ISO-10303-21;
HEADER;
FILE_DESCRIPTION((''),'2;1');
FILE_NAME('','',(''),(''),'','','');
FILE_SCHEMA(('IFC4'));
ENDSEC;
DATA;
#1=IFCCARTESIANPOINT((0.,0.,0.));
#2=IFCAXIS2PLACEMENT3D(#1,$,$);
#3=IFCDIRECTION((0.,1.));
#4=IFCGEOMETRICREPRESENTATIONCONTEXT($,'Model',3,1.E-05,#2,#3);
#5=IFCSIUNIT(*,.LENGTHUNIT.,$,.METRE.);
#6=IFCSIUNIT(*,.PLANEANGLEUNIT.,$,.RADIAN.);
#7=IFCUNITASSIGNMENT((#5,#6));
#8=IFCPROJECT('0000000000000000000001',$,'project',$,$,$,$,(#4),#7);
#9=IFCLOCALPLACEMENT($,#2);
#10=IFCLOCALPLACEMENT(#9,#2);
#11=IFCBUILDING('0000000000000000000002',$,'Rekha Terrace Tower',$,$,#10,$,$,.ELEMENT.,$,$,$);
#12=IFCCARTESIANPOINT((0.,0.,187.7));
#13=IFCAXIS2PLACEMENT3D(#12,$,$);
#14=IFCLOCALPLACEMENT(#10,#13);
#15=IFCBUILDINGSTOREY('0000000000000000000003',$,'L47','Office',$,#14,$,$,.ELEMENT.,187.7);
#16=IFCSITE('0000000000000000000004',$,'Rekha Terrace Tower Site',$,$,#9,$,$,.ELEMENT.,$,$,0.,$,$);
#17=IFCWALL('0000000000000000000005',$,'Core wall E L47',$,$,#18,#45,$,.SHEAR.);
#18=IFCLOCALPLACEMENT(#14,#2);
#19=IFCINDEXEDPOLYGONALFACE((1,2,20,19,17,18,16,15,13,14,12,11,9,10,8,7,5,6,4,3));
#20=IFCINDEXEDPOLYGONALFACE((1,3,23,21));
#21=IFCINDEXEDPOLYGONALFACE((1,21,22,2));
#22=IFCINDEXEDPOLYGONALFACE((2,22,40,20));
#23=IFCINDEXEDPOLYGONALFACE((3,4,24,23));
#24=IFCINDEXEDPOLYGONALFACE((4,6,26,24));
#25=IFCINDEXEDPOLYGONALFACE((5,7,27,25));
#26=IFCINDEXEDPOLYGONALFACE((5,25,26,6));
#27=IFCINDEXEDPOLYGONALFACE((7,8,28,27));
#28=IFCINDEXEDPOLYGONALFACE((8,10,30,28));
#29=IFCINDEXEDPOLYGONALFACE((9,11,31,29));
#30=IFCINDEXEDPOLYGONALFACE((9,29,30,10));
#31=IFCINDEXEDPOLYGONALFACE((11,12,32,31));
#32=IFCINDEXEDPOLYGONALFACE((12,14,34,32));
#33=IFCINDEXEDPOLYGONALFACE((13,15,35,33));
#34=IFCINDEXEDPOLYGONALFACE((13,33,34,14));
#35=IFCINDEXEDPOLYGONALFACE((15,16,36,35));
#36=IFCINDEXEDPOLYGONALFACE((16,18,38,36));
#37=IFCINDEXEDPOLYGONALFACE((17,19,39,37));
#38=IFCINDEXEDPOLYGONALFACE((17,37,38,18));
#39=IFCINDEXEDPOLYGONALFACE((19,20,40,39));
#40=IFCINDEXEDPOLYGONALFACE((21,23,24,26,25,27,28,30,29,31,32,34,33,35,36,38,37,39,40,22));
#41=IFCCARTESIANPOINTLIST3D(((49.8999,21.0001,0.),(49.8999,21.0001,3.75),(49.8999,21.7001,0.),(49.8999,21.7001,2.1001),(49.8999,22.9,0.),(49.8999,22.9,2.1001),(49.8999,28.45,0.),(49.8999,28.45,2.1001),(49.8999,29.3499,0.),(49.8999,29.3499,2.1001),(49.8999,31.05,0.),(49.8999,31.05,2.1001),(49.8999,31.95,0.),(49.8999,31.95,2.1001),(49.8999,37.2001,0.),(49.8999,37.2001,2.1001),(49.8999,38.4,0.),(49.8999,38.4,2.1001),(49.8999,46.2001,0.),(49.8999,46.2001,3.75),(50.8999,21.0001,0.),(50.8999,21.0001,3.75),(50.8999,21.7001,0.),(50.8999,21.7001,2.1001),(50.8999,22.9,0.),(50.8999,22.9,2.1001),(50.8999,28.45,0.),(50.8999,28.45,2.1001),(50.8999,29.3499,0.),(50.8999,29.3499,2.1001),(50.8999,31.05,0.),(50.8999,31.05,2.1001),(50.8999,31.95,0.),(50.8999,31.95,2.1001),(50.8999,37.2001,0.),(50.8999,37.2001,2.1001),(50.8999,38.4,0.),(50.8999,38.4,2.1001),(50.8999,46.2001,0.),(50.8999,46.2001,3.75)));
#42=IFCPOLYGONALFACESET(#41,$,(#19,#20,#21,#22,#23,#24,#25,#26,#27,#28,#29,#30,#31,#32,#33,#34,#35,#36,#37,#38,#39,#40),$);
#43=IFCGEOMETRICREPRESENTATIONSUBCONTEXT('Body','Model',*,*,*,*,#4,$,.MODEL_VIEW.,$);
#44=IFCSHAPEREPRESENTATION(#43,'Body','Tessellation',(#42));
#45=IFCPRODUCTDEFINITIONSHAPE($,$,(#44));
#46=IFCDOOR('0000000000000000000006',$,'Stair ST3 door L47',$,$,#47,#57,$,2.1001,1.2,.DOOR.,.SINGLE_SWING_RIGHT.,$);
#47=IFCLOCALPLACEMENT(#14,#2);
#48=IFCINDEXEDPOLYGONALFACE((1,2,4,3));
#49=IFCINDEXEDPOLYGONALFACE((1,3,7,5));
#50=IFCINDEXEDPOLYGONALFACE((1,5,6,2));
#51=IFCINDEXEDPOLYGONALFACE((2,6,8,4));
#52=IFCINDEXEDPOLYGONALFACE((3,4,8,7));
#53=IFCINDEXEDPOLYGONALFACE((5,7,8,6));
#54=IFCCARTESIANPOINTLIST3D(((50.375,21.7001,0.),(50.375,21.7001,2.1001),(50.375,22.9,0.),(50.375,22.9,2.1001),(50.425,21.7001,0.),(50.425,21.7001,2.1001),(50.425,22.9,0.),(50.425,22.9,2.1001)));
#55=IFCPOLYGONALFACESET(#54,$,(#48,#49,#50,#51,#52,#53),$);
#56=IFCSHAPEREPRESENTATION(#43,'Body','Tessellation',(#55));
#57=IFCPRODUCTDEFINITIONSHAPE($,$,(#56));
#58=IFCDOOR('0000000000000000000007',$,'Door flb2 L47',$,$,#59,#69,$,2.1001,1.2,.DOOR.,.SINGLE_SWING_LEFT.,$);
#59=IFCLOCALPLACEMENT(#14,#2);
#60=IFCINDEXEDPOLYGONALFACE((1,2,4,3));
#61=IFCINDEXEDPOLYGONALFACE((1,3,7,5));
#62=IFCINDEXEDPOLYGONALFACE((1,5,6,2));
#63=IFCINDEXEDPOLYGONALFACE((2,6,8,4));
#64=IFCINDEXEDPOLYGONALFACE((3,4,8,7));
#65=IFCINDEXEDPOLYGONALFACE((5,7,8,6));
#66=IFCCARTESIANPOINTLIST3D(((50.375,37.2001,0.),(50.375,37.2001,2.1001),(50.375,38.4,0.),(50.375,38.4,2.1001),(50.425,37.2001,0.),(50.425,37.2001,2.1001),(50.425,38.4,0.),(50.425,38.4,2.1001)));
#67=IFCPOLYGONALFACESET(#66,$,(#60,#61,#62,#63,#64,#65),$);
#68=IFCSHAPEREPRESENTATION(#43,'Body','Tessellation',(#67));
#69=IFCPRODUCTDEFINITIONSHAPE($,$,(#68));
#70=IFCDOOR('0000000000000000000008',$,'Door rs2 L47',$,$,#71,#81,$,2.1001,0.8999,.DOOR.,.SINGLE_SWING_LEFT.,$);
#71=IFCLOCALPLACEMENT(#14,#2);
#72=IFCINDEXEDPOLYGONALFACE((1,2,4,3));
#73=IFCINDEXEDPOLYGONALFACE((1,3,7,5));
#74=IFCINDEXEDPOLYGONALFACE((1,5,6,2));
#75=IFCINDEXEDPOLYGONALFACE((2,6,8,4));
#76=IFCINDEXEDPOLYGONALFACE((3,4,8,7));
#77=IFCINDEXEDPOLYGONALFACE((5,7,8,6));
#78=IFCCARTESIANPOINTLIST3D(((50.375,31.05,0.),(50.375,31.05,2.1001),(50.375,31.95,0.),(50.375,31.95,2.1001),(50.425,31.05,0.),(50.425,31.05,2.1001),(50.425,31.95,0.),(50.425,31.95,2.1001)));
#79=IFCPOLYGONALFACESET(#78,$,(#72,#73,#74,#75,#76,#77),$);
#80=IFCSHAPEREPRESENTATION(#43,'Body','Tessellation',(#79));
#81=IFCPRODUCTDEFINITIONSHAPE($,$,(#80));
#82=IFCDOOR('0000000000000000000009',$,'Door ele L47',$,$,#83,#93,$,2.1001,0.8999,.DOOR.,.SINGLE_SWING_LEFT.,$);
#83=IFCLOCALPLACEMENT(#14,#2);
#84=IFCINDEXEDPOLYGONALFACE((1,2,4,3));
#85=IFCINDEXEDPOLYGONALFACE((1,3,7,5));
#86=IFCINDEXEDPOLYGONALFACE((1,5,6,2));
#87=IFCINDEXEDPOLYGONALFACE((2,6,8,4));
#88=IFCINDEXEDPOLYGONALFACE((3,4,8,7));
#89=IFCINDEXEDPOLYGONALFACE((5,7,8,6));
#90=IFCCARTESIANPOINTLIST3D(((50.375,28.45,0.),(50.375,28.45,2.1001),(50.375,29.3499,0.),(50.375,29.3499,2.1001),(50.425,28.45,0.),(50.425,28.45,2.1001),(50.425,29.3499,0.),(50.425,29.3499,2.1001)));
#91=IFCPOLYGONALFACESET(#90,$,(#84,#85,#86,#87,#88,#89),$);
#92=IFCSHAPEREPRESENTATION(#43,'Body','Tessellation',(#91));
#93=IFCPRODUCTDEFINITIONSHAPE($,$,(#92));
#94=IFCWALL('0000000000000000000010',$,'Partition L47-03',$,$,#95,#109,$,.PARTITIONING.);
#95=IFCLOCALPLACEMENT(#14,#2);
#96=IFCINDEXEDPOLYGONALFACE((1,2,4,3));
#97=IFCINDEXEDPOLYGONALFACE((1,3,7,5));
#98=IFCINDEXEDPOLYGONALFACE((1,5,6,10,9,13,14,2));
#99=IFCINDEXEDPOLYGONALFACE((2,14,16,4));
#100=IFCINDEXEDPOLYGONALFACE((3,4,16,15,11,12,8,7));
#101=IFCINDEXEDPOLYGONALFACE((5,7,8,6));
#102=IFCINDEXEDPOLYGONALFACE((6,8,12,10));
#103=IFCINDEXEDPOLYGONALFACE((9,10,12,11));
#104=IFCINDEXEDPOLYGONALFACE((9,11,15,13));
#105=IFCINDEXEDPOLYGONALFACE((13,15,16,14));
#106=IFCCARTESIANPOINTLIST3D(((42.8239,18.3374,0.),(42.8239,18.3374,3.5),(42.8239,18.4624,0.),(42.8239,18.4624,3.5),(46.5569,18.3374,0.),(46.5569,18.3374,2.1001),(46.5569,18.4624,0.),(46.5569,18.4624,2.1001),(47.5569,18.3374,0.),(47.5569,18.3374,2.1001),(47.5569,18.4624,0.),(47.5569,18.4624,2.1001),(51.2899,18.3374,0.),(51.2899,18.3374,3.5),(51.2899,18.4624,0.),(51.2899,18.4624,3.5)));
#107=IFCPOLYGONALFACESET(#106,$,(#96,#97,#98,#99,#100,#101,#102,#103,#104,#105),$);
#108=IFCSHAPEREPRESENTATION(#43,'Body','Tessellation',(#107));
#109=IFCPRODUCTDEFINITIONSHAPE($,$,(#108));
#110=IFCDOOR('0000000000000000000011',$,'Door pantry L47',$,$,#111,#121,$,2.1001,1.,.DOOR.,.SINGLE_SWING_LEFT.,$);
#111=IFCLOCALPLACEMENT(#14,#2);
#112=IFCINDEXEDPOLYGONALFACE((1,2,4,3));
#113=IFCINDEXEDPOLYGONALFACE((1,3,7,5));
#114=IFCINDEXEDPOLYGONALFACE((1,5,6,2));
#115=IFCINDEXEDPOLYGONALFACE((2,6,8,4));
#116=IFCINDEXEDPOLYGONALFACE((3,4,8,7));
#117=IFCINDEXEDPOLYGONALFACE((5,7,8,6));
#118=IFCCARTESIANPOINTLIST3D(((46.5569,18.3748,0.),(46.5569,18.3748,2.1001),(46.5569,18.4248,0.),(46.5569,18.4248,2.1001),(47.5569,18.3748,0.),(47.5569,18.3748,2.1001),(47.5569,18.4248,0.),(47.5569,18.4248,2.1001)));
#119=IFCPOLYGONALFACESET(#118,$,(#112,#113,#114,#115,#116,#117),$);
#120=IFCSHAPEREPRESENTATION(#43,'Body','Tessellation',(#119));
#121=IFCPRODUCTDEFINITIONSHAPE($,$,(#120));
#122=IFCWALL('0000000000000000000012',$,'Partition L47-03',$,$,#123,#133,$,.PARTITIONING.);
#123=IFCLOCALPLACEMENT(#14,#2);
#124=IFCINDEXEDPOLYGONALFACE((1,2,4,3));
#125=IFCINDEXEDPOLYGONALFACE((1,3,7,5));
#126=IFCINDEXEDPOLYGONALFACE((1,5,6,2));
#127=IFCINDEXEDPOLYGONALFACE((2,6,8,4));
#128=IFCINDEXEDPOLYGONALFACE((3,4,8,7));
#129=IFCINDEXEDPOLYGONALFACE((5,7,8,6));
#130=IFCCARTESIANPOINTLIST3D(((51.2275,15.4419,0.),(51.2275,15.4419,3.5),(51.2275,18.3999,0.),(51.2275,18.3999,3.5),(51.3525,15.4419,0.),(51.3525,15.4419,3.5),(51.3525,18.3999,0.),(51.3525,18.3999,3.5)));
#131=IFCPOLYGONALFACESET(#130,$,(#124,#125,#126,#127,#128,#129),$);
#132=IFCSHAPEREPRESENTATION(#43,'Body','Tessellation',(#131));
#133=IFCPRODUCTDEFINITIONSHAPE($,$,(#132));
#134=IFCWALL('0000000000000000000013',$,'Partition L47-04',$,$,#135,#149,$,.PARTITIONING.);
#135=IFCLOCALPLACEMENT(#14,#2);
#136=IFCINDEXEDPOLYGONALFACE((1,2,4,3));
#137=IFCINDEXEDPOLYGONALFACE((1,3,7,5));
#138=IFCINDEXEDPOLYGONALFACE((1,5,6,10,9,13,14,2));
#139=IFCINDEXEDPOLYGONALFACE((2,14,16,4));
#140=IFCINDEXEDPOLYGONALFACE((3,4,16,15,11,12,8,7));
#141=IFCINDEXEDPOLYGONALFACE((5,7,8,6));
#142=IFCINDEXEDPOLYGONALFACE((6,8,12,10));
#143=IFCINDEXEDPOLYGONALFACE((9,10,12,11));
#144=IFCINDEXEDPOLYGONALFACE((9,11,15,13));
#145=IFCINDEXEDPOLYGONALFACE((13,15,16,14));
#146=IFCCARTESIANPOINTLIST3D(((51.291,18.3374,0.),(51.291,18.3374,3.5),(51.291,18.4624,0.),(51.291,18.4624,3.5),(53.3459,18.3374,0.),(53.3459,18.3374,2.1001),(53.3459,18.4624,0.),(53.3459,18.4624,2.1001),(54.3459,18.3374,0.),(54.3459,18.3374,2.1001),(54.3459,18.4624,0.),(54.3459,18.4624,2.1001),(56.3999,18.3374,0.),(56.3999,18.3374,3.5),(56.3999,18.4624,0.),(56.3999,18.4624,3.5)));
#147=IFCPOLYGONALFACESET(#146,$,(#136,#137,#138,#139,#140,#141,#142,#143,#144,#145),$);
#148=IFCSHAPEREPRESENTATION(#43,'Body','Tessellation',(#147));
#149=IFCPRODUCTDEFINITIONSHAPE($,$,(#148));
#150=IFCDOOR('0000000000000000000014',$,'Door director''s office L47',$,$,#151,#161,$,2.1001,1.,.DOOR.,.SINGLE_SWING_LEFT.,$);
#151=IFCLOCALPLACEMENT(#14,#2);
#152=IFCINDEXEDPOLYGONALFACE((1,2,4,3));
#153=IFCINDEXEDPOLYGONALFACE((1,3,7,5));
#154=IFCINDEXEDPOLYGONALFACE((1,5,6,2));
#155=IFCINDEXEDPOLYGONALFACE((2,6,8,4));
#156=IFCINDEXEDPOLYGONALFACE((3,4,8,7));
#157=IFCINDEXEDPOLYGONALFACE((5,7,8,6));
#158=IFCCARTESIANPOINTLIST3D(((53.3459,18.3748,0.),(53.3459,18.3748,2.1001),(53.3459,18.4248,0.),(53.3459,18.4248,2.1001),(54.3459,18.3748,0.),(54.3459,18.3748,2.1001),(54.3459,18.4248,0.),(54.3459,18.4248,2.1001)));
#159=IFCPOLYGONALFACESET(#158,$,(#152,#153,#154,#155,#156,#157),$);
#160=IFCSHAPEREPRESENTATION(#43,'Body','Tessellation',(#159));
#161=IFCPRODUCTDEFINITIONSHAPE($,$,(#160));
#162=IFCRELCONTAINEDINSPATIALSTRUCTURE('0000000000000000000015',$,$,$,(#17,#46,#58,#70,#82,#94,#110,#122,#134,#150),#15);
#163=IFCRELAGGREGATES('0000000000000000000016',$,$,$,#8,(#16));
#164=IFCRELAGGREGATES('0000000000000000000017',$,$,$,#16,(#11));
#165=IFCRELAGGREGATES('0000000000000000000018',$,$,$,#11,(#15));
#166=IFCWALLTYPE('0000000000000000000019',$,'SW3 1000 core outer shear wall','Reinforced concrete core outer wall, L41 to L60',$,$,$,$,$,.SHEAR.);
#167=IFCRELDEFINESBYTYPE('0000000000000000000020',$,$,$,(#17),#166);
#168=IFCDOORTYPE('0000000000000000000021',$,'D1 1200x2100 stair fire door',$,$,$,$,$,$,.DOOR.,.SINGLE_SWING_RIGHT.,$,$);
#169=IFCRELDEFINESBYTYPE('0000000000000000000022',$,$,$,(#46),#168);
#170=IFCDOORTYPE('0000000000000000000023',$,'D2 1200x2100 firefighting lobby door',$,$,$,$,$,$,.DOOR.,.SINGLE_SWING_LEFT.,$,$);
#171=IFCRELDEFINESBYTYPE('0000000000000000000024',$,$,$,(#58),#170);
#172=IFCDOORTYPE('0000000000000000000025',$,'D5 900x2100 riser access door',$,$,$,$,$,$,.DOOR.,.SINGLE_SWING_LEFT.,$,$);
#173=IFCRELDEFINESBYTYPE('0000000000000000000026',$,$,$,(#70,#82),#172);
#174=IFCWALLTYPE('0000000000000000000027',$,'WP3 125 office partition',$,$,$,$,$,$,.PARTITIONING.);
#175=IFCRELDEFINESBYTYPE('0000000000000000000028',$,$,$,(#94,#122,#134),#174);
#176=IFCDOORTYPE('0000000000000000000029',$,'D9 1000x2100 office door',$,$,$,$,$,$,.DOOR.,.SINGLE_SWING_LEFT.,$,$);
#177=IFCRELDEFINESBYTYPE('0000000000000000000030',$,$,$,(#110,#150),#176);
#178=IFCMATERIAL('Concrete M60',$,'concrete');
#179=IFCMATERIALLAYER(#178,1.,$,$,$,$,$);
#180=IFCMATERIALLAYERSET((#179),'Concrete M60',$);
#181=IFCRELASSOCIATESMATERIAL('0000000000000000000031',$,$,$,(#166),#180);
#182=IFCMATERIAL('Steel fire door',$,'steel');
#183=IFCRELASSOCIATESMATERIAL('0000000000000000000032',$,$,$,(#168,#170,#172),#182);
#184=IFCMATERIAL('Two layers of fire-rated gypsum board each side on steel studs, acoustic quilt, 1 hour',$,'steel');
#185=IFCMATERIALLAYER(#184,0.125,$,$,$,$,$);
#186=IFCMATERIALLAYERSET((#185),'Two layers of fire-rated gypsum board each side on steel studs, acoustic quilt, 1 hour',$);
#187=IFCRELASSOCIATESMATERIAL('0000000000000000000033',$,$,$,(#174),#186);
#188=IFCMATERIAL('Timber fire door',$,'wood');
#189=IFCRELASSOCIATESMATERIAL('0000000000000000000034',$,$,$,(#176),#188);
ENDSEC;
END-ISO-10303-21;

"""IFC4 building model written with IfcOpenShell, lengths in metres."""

from ifc_helpers import new_model, si_unit, direction, frame, frame_2d, origin, place, context, subcontext, project, spatial, rectangle, extrude, material, layer, layer_set, type_object, element, fill, save


model = new_model("IFC4")

# Units and contexts
model_context = context("Model", 3, precision=1e-05, world=origin(), true_north=direction((0.0, 1.0)))
body_context = subcontext(model_context, "Body", "Model", "MODEL_VIEW")
ifc_project = project(units=[si_unit("LENGTHUNIT", "METRE"), si_unit("PLANEANGLEUNIT", "RADIAN")], contexts=[model_context])

# Site, building, storey
site_placement = place(None, origin())
site = spatial("IfcSite", under=ifc_project, at=site_placement, Name="Rekha Terrace Tower Site", CompositionType="ELEMENT", RefElevation=0.0)
building_placement = place(site_placement, origin())
building = spatial("IfcBuilding", under=site, at=building_placement, Name="Rekha Terrace Tower", CompositionType="ELEMENT")
storey_placement = place(building_placement, frame((0.0, 0.0, 187.7)))
storey = spatial("IfcBuildingStorey", under=building, at=storey_placement, Name="L47", Description="Office", CompositionType="ELEMENT", Elevation=187.7)

# Shared definitions
ifc_material_1 = material(Name="Concrete M60", Category="concrete")

# Wall, openings, doors
ifc_layer_1 = layer(ifc_material_1, 1.0)
ifc_layer_set_1 = layer_set([ifc_layer_1], Name="Concrete M60")
wall_type_1 = type_object("IfcWallType", Name="SW3 1000 core outer shear wall", Description="Reinforced concrete core outer wall, L41 to L60", PredefinedType="SHEAR", material=ifc_layer_set_1)
wall_1_placement = place(storey_placement, frame((50.3999, 21.0, 0.0), z_axis=(0.0, 0.0, 1.0), x_axis=(0.0, 1.0, 0.0)))
wall_1 = element("IfcWall", 1, at=wall_1_placement, inside=storey, type_object=wall_type_1, Name="Core wall E L47", PredefinedType="SHEAR", context=body_context, shape_type="SweptSolid", body=[
    extrude(rectangle(XDim=25.2, YDim=1.0, at=frame_2d((12.6001, 0.0))), origin(), (0.0, 0.0, 1.0), 3.75),
])
opening_1_placement = place(wall_1_placement, frame((16.2, 0.0, 0.0)))
opening_1 = element("IfcOpeningElement", 2, at=opening_1_placement, cuts=wall_1, PredefinedType="OPENING", context=body_context, shape_type="SweptSolid", body=[
    extrude(rectangle(XDim=1.2, YDim=2.1001, at=frame_2d((0.6001, 1.05))), frame((0.0, 0.51, 0.0), z_axis=(0.0, -1.0, 0.0), x_axis=(1.0, 0.0, 0.0)), (0.0, 0.0, 1.0), 1.02),
])
opening_2_placement = place(wall_1_placement, frame((10.05, 0.0, 0.0)))
opening_2 = element("IfcOpeningElement", 3, at=opening_2_placement, cuts=wall_1, PredefinedType="OPENING", context=body_context, shape_type="SweptSolid", body=[
    extrude(rectangle(XDim=0.8999, YDim=2.1001, at=frame_2d((0.45, 1.05))), frame((0.0, 0.51, 0.0), z_axis=(0.0, -1.0, 0.0), x_axis=(1.0, 0.0, 0.0)), (0.0, 0.0, 1.0), 1.02),
])
opening_3_placement = place(wall_1_placement, frame((7.45, 0.0, 0.0)))
opening_3 = element("IfcOpeningElement", 4, at=opening_3_placement, cuts=wall_1, PredefinedType="OPENING", context=body_context, shape_type="SweptSolid", body=[
    extrude(rectangle(XDim=0.8999, YDim=2.1001, at=frame_2d((0.45, 1.05))), frame((0.0, 0.51, 0.0), z_axis=(0.0, -1.0, 0.0), x_axis=(1.0, 0.0, 0.0)), (0.0, 0.0, 1.0), 1.02),
])
opening_4_placement = place(wall_1_placement, frame((0.7, 0.0, 0.0)))
opening_4 = element("IfcOpeningElement", 5, at=opening_4_placement, cuts=wall_1, PredefinedType="OPENING", context=body_context, shape_type="SweptSolid", body=[
    extrude(rectangle(XDim=1.2, YDim=2.1001, at=frame_2d((0.6001, 1.05))), frame((0.0, 0.51, 0.0), z_axis=(0.0, -1.0, 0.0), x_axis=(1.0, 0.0, 0.0)), (0.0, 0.0, 1.0), 1.02),
])
ifc_material_2 = material(Name="Steel fire door", Category="steel")
door_type_1 = type_object("IfcDoorType", Name="D1 1200x2100 stair fire door", OperationType="SINGLE_SWING_RIGHT", PredefinedType="DOOR", material=ifc_material_2)
door_1_placement = place(opening_4_placement, origin())
door_1 = element("IfcDoor", 6, at=door_1_placement, inside=storey, type_object=door_type_1, Name="Stair ST3 door L47", OperationType="SINGLE_SWING_RIGHT", OverallHeight=2.1001, OverallWidth=1.2, PredefinedType="DOOR", context=body_context, shape_type="SweptSolid", body=[
    extrude(rectangle(XDim=1.2, YDim=2.1001, at=frame_2d((0.6001, 1.05))), frame((0.0, 0.0249, 0.0), z_axis=(0.0, -1.0, 0.0), x_axis=(1.0, 0.0, 0.0)), (0.0, 0.0, 1.0), 0.05),
])
fill(opening_4, door_1)
door_type_2 = type_object("IfcDoorType", Name="D2 1200x2100 firefighting lobby door", OperationType="SINGLE_SWING_LEFT", PredefinedType="DOOR", material=ifc_material_2)
door_2_placement = place(opening_1_placement, origin())
door_2 = element("IfcDoor", 7, at=door_2_placement, inside=storey, type_object=door_type_2, Name="Door flb2 L47", OperationType="SINGLE_SWING_LEFT", OverallHeight=2.1001, OverallWidth=1.2, PredefinedType="DOOR", context=body_context, shape_type="SweptSolid", body=[
    extrude(rectangle(XDim=1.2, YDim=2.1001, at=frame_2d((0.6001, 1.05))), frame((0.0, 0.0249, 0.0), z_axis=(0.0, -1.0, 0.0), x_axis=(1.0, 0.0, 0.0)), (0.0, 0.0, 1.0), 0.05),
])
fill(opening_1, door_2)
door_type_3 = type_object("IfcDoorType", Name="D5 900x2100 riser access door", OperationType="SINGLE_SWING_LEFT", PredefinedType="DOOR", material=ifc_material_2)
door_3_placement = place(opening_2_placement, origin())
door_3 = element("IfcDoor", 8, at=door_3_placement, inside=storey, type_object=door_type_3, Name="Door rs2 L47", OperationType="SINGLE_SWING_LEFT", OverallHeight=2.1001, OverallWidth=0.8999, PredefinedType="DOOR", context=body_context, shape_type="SweptSolid", body=[
    extrude(rectangle(XDim=0.8999, YDim=2.1001, at=frame_2d((0.45, 1.05))), frame((0.0, 0.0249, 0.0), z_axis=(0.0, -1.0, 0.0), x_axis=(1.0, 0.0, 0.0)), (0.0, 0.0, 1.0), 0.05),
])
fill(opening_2, door_3)
door_4_placement = place(opening_3_placement, origin())
door_4 = element("IfcDoor", 9, at=door_4_placement, inside=storey, type_object=door_type_3, Name="Door ele L47", OperationType="SINGLE_SWING_LEFT", OverallHeight=2.1001, OverallWidth=0.8999, PredefinedType="DOOR", context=body_context, shape_type="SweptSolid", body=[
    extrude(rectangle(XDim=0.8999, YDim=2.1001, at=frame_2d((0.45, 1.05))), frame((0.0, 0.0249, 0.0), z_axis=(0.0, -1.0, 0.0), x_axis=(1.0, 0.0, 0.0)), (0.0, 0.0, 1.0), 0.05),
])
fill(opening_3, door_4)

# Wall, opening, door
ifc_material_3 = material(Name="Two layers of fire-rated gypsum board each side on steel studs, acoustic quilt, 1 hour", Category="steel")
ifc_layer_2 = layer(ifc_material_3, 0.125)
ifc_layer_set_2 = layer_set([ifc_layer_2], Name="Two layers of fire-rated gypsum board each side on steel studs, acoustic quilt, 1 hour")
wall_type_2 = type_object("IfcWallType", Name="WP3 125 office partition", PredefinedType="PARTITIONING", material=ifc_layer_set_2)
wall_2_placement = place(storey_placement, frame((42.824, 18.3999, 0.0), z_axis=(0.0, 0.0, 1.0), x_axis=(1.0, 0.0, 0.0)))
wall_2 = element("IfcWall", 10, at=wall_2_placement, inside=storey, type_object=wall_type_2, Name="Partition L47-03", PredefinedType="PARTITIONING", context=body_context, shape_type="SweptSolid", body=[
    extrude(rectangle(XDim=8.4661, YDim=0.125, at=frame_2d((4.2329, 0.0))), origin(), (0.0, 0.0, 1.0), 3.5),
])
opening_5_placement = place(wall_2_placement, frame((3.7329, 0.0, 0.0)))
opening_5 = element("IfcOpeningElement", 11, at=opening_5_placement, cuts=wall_2, PredefinedType="OPENING", context=body_context, shape_type="SweptSolid", body=[
    extrude(rectangle(XDim=1.0, YDim=2.1001, at=frame_2d((0.5, 1.05))), frame((0.0, 0.0725, 0.0), z_axis=(0.0, -1.0, 0.0), x_axis=(1.0, 0.0, 0.0)), (0.0, 0.0, 1.0), 0.145),
])
ifc_material_4 = material(Name="Timber fire door", Category="wood")
door_type_4 = type_object("IfcDoorType", Name="D9 1000x2100 office door", OperationType="SINGLE_SWING_LEFT", PredefinedType="DOOR", material=ifc_material_4)
door_5_placement = place(opening_5_placement, origin())
door_5 = element("IfcDoor", 12, at=door_5_placement, inside=storey, type_object=door_type_4, Name="Door pantry L47", OperationType="SINGLE_SWING_LEFT", OverallHeight=2.1001, OverallWidth=1.0, PredefinedType="DOOR", context=body_context, shape_type="SweptSolid", body=[
    extrude(rectangle(XDim=1.0, YDim=2.1001, at=frame_2d((0.5, 1.05))), frame((0.0, 0.0249, 0.0), z_axis=(0.0, -1.0, 0.0), x_axis=(1.0, 0.0, 0.0)), (0.0, 0.0, 1.0), 0.05),
])
fill(opening_5, door_5)

# Wall
wall_3_placement = place(storey_placement, frame((51.29, 18.3999, 0.0), z_axis=(0.0, 0.0, 1.0), x_axis=(0.0, -1.0, 0.0)))
element("IfcWall", 13, at=wall_3_placement, inside=storey, type_object=wall_type_2, Name="Partition L47-03", PredefinedType="PARTITIONING", context=body_context, shape_type="SweptSolid", body=[
    extrude(rectangle(XDim=2.958, YDim=0.125, at=frame_2d((1.479, 0.0))), origin(), (0.0, 0.0, 1.0), 3.5),
])

# Wall, opening, door
wall_4_placement = place(storey_placement, frame((51.291, 18.3999, 0.0), z_axis=(0.0, 0.0, 1.0), x_axis=(1.0, 0.0, 0.0)))
wall_4 = element("IfcWall", 14, at=wall_4_placement, inside=storey, type_object=wall_type_2, Name="Partition L47-04", PredefinedType="PARTITIONING", context=body_context, shape_type="SweptSolid", body=[
    extrude(rectangle(XDim=5.1089, YDim=0.125, at=frame_2d((2.5544, 0.0))), origin(), (0.0, 0.0, 1.0), 3.5),
])
opening_6_placement = place(wall_4_placement, frame((2.0549, 0.0, 0.0)))
opening_6 = element("IfcOpeningElement", 15, at=opening_6_placement, cuts=wall_4, PredefinedType="OPENING", context=body_context, shape_type="SweptSolid", body=[
    extrude(rectangle(XDim=1.0, YDim=2.1001, at=frame_2d((0.5, 1.05))), frame((0.0, 0.0725, 0.0), z_axis=(0.0, -1.0, 0.0), x_axis=(1.0, 0.0, 0.0)), (0.0, 0.0, 1.0), 0.145),
])
door_6_placement = place(opening_6_placement, origin())
door_6 = element("IfcDoor", 16, at=door_6_placement, inside=storey, type_object=door_type_4, Name="Door director's office L47", OperationType="SINGLE_SWING_LEFT", OverallHeight=2.1001, OverallWidth=1.0, PredefinedType="DOOR", context=body_context, shape_type="SweptSolid", body=[
    extrude(rectangle(XDim=1.0, YDim=2.1001, at=frame_2d((0.5, 1.05))), frame((0.0, 0.0249, 0.0), z_axis=(0.0, -1.0, 0.0), x_axis=(1.0, 0.0, 0.0)), (0.0, 0.0, 1.0), 0.05),
])
fill(opening_6, door_6)

save(model, "model.ifc")
